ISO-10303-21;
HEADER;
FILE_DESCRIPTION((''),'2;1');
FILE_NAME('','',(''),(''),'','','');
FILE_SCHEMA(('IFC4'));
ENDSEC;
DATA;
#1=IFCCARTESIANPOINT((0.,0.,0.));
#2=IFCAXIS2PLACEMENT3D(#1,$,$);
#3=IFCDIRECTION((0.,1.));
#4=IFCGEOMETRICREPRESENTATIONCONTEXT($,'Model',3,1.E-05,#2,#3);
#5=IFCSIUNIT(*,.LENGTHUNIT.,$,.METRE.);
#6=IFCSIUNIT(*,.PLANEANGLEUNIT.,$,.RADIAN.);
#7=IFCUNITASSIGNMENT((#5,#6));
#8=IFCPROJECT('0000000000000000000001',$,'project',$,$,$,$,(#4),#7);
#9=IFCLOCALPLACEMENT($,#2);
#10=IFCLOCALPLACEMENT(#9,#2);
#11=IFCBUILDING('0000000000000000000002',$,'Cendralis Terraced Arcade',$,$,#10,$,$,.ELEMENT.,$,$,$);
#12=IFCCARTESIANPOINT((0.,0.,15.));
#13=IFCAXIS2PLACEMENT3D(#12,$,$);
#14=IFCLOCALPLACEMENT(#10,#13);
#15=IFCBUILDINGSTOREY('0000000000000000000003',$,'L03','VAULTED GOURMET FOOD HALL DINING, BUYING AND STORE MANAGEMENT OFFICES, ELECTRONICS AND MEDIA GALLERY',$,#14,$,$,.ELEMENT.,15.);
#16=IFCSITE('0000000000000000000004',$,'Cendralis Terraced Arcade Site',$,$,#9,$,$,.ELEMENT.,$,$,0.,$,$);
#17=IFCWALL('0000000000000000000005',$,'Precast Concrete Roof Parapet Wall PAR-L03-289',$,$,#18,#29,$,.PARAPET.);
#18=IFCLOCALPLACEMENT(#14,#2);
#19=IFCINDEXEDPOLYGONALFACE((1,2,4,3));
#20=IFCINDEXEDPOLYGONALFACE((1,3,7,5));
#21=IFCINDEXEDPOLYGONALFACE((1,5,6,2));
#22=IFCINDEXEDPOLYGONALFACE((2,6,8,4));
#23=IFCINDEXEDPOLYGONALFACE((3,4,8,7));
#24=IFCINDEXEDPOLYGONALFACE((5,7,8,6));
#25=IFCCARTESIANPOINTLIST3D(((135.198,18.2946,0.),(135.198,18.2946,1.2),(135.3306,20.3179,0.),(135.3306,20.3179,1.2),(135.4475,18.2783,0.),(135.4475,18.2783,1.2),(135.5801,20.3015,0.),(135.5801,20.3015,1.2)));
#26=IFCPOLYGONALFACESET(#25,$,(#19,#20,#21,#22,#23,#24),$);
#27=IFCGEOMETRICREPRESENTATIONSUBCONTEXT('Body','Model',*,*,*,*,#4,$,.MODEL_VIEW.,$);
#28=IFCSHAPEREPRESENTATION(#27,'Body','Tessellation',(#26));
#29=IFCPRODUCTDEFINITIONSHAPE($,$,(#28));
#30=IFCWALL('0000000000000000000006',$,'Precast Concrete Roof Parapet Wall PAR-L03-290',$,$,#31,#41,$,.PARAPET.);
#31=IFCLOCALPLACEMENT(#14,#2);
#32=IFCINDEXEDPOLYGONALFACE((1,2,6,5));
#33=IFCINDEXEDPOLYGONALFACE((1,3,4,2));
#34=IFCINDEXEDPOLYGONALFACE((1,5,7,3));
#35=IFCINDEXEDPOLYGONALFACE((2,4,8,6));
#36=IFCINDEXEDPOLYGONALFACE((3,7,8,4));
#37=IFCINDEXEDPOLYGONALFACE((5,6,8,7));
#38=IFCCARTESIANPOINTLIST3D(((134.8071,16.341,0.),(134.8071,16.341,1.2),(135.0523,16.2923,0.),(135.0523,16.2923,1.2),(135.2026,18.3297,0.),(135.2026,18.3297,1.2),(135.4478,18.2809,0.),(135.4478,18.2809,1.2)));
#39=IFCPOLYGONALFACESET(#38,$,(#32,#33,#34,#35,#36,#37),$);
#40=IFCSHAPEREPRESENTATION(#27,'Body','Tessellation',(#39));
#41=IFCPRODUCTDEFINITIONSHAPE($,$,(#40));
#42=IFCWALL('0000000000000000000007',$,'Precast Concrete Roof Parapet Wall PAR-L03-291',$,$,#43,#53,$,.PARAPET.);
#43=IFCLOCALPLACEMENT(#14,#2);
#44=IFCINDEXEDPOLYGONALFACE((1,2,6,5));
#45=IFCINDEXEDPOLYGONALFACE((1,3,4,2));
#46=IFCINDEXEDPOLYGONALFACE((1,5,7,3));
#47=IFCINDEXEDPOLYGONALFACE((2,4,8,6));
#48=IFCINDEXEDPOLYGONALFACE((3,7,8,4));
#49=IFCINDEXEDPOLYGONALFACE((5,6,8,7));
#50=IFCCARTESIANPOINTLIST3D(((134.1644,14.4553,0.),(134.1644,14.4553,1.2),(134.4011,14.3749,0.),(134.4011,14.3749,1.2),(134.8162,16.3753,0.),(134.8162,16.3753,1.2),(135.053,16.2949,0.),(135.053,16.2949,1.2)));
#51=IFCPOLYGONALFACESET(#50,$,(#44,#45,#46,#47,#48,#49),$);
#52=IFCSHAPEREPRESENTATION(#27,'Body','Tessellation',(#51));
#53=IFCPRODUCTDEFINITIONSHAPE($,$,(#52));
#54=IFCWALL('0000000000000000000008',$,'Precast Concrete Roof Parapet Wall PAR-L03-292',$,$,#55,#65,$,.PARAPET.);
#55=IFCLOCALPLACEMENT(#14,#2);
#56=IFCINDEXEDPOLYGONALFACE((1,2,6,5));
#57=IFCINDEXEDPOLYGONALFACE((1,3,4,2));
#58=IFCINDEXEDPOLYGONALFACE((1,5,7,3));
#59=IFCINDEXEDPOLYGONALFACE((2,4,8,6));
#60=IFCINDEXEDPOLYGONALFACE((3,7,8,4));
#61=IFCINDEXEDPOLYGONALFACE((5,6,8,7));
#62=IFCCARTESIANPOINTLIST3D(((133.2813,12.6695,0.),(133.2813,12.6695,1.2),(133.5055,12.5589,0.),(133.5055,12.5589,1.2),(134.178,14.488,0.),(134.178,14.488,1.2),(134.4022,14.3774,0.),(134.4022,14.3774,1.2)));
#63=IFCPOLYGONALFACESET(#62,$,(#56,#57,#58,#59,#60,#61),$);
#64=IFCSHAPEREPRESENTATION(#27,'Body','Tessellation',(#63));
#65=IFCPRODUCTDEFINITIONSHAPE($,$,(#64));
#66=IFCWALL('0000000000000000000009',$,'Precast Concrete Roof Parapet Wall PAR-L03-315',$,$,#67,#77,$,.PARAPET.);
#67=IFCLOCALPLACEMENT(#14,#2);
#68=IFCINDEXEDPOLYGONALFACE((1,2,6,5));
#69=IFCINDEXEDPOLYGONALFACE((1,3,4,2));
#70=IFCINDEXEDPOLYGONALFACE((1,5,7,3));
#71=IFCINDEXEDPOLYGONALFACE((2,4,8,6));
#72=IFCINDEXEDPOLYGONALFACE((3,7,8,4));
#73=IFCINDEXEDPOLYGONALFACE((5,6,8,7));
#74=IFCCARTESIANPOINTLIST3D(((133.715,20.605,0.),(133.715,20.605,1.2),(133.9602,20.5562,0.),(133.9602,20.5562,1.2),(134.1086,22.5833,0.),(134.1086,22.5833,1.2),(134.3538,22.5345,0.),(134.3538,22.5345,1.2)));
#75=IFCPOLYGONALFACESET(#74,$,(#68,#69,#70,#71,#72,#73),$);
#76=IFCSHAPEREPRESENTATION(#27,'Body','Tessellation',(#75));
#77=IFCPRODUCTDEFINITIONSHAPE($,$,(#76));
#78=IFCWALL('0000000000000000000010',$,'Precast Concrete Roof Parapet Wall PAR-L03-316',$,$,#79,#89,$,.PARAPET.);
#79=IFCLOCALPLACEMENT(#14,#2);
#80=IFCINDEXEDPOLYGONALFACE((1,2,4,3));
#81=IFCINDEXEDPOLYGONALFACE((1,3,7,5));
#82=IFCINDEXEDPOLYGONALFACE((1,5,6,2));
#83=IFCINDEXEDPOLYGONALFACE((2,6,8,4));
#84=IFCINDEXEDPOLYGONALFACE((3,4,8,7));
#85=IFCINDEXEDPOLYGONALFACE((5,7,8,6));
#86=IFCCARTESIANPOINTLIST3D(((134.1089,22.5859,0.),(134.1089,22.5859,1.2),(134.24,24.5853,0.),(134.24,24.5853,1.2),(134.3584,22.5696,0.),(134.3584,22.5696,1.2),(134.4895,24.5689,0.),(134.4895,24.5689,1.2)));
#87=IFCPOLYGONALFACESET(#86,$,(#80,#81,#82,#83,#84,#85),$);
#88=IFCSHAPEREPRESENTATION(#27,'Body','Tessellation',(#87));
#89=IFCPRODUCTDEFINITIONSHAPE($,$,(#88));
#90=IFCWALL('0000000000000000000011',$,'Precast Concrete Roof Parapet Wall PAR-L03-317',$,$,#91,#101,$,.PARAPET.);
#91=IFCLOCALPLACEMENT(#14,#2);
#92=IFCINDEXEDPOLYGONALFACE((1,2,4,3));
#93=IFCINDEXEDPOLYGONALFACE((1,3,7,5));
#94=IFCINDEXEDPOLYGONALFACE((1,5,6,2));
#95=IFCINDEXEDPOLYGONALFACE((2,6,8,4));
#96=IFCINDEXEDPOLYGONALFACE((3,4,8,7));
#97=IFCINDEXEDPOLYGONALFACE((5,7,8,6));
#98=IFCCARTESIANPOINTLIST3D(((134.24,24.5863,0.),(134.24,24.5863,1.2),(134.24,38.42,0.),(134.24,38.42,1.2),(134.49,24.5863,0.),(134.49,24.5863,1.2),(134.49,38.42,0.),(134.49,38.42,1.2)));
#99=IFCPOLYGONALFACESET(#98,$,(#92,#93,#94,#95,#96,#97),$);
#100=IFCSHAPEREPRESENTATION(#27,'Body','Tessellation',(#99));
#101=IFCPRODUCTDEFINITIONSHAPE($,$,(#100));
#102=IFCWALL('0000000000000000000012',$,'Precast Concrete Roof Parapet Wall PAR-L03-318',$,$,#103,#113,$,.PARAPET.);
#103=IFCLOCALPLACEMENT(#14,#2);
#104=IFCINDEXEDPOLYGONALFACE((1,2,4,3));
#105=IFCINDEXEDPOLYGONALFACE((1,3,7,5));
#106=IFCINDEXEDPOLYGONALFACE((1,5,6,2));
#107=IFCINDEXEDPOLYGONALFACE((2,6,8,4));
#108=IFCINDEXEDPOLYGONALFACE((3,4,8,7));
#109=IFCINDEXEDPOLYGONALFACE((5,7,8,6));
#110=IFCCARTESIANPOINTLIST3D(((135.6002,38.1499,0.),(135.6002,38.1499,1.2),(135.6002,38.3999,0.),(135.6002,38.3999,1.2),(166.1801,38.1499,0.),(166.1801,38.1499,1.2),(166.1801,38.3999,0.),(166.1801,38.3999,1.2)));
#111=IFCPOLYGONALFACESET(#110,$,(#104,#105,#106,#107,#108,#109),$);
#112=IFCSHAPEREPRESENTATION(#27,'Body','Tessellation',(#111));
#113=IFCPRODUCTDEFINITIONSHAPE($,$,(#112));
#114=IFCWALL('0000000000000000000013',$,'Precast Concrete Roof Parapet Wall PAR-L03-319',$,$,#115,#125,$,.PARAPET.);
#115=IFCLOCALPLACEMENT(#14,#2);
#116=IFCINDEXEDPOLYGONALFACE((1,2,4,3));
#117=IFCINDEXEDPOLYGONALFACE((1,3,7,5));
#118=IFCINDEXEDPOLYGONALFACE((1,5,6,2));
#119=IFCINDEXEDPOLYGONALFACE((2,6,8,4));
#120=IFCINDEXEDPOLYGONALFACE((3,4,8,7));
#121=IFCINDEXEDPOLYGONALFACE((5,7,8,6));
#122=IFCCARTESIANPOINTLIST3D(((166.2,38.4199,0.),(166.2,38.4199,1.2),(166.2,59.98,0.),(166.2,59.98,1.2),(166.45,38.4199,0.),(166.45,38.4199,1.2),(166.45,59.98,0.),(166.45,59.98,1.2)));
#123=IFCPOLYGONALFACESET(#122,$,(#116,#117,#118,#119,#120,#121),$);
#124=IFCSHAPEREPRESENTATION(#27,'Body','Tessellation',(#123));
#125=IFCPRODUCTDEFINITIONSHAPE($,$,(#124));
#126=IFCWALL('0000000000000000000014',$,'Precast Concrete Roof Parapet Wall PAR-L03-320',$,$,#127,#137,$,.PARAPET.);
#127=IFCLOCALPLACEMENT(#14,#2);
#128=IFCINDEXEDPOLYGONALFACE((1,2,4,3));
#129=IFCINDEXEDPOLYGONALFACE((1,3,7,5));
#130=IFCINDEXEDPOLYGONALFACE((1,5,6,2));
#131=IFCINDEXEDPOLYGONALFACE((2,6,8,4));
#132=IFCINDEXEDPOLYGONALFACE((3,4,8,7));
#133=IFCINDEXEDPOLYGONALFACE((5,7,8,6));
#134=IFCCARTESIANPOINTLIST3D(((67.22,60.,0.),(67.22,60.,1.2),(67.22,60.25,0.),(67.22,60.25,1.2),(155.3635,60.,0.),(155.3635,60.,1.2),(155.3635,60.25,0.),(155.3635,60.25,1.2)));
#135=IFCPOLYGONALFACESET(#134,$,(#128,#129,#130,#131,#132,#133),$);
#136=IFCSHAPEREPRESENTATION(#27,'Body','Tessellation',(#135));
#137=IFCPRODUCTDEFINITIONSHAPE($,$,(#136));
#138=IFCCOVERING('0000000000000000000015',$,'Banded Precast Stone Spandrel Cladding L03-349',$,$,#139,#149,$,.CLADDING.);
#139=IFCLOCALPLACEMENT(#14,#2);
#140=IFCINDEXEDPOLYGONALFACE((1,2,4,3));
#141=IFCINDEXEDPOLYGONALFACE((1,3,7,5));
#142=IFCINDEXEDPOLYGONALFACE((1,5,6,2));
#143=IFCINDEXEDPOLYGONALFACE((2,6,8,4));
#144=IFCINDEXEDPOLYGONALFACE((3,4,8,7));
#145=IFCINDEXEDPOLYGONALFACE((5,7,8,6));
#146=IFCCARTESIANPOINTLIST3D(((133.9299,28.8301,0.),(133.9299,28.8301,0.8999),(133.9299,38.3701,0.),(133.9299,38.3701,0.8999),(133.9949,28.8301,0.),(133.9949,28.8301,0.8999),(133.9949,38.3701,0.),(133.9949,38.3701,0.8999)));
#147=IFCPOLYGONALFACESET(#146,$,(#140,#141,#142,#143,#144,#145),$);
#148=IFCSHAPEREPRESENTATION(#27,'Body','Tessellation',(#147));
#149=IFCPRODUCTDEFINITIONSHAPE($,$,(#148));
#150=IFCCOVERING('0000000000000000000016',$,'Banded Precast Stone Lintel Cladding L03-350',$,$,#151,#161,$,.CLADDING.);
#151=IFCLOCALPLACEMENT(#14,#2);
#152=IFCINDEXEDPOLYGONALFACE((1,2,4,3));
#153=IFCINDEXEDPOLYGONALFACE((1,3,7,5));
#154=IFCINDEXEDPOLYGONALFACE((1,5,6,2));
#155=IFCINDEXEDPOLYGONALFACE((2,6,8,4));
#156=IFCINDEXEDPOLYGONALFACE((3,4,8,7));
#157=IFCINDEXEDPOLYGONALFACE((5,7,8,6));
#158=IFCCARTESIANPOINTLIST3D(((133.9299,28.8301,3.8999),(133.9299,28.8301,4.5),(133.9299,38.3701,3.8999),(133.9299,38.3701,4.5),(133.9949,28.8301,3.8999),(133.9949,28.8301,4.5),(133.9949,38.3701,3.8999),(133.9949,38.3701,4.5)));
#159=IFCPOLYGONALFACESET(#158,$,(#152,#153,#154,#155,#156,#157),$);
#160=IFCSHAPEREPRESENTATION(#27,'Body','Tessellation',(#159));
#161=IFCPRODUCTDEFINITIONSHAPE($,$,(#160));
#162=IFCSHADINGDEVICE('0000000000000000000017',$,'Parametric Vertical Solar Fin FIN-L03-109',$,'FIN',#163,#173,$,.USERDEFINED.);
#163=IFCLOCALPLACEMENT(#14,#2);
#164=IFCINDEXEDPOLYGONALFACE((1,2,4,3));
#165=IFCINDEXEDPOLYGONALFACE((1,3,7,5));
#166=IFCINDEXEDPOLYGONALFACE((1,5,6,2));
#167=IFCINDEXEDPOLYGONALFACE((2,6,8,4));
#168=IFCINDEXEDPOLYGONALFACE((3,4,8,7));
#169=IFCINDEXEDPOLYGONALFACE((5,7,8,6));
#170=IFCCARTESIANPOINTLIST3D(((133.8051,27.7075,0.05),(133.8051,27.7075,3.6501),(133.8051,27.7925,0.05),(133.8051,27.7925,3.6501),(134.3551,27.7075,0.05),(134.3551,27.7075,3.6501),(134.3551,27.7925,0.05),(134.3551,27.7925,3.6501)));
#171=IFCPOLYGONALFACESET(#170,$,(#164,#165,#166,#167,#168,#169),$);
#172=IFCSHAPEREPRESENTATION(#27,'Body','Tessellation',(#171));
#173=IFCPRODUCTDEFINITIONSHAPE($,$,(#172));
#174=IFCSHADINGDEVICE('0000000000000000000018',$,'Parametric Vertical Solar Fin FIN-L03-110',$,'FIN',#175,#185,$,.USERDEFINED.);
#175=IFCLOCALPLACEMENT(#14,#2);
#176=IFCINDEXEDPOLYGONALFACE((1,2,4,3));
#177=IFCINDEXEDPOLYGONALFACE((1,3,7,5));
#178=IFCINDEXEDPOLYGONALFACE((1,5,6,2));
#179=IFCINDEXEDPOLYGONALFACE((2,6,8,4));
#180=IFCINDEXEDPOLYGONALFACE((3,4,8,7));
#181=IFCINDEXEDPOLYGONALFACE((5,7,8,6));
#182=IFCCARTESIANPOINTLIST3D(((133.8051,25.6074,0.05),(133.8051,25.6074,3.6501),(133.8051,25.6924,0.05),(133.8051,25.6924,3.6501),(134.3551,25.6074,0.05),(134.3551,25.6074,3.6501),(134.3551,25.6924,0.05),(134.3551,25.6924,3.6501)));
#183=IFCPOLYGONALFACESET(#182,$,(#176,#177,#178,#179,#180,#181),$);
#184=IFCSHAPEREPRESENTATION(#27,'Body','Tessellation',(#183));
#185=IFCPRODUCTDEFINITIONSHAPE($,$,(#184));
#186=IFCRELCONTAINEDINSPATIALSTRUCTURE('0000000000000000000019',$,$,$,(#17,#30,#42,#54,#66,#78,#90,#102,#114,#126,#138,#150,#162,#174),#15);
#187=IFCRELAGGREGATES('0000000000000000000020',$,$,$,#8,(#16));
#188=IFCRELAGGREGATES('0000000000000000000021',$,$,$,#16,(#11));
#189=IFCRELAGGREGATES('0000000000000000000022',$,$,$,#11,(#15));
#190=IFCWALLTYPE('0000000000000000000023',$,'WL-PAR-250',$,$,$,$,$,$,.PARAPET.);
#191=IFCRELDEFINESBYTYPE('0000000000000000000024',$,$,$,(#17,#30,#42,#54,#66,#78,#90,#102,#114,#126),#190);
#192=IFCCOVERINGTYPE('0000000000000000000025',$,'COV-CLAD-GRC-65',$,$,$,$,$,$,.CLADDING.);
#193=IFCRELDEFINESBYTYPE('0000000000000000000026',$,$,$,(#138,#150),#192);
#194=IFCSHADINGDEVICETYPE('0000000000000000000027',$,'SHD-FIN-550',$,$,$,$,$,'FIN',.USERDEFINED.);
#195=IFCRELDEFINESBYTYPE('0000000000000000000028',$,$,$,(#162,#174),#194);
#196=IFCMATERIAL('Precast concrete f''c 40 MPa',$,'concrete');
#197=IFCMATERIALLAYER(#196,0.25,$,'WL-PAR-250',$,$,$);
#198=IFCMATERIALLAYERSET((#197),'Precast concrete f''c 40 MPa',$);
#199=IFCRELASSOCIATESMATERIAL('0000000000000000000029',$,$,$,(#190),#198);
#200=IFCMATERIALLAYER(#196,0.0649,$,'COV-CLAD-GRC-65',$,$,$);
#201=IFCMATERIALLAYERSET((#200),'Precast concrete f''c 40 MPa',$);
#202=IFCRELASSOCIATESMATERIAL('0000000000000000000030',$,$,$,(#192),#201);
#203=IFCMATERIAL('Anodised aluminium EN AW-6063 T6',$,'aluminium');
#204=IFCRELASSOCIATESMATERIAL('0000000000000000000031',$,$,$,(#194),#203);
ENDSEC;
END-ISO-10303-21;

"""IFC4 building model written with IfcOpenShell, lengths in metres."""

from ifc_helpers import new_model, si_unit, direction, frame, frame_2d, origin, origin_2d, place, context, subcontext, project, spatial, rectangle, extrude, material, layer, layer_set, type_object, element, save


model = new_model("IFC4")

# Units and contexts
model_context = context("Model", 3, precision=1e-05, world=origin(), true_north=direction((0.0, 1.0)))
body_context = subcontext(model_context, "Body", "Model", "MODEL_VIEW")
ifc_project = project(units=[si_unit("LENGTHUNIT", "METRE"), si_unit("PLANEANGLEUNIT", "RADIAN")], contexts=[model_context])

# Site, building, storey
site_placement = place(None, origin())
site = spatial("IfcSite", under=ifc_project, at=site_placement, Name="Cendralis Terraced Arcade Site", CompositionType="ELEMENT", RefElevation=0.0)
building_placement = place(site_placement, origin())
building = spatial("IfcBuilding", under=site, at=building_placement, Name="Cendralis Terraced Arcade", CompositionType="ELEMENT")
storey_placement = place(building_placement, frame((0.0, 0.0, 15.0)))
storey = spatial("IfcBuildingStorey", under=building, at=storey_placement, Name="L03", Description="VAULTED GOURMET FOOD HALL DINING, BUYING AND STORE MANAGEMENT OFFICES, ELECTRONICS AND MEDIA GALLERY", CompositionType="ELEMENT", Elevation=15.0)

# Shared definitions
ifc_material_1 = material(Name="Anodised aluminium EN AW-6063 T6", Category="aluminium")

# Walls
ifc_material_2 = material(Name="Precast concrete f'c 40 MPa", Category="concrete")
ifc_layer_1 = layer(ifc_material_2, 0.25, Name="WL-PAR-250")
ifc_layer_set_1 = layer_set([ifc_layer_1], Name="Precast concrete f'c 40 MPa")
wall_type = type_object("IfcWallType", Name="WL-PAR-250", PredefinedType="PARAPET", material=ifc_layer_set_1)
for number, where, z_axis, x_axis, name in (
    (1, (135.4553, 20.3096, 0.0), (0.0, 0.0, 1.0), (-0.065384, -0.99786, 0.0), "Precast Concrete Roof Parapet Wall PAR-L03-289"),
    (2, (135.3252, 18.3052, 0.0), (0.0, 0.0, 1.0), (-0.195074, -0.980789, 0.0), "Precast Concrete Roof Parapet Wall PAR-L03-290"),
    (3, (134.9346, 16.335, 0.0), (0.0, 0.0, 1.0), (-0.321497, -0.946911, 0.0), "Precast Concrete Roof Parapet Wall PAR-L03-291"),
    (4, (134.29, 14.4326, 0.0), (0.0, 0.0, 1.0), (-0.442246, -0.896894, 0.0), "Precast Concrete Roof Parapet Wall PAR-L03-292"),
):
    element("IfcWall", number, at=place(storey_placement, frame(where, z_axis=z_axis, x_axis=x_axis)), inside=storey, type_object=wall_type, Name=name, PredefinedType="PARAPET", context=body_context, shape_type="SweptSolid", body=[
        extrude(rectangle(XDim=2.0276, YDim=0.25, at=frame_2d((1.0137, 0.0))), origin(), (0.0, 0.0, 1.0), 1.2),
    ])
wall_1_placement = place(storey_placement, frame((133.8376, 20.5806, 0.0), z_axis=(0.0, 0.0, 1.0), x_axis=(0.195115, 0.98078, 0.0)))
element("IfcWall", 5, at=wall_1_placement, inside=storey, type_object=wall_type, Name="Precast Concrete Roof Parapet Wall PAR-L03-315", PredefinedType="PARAPET", context=body_context, shape_type="SweptSolid", body=[
    extrude(rectangle(XDim=2.0171, YDim=0.25, at=frame_2d((1.0085, 0.0))), origin(), (0.0, 0.0, 1.0), 1.2),
])
wall_2_placement = place(storey_placement, frame((134.2336, 22.5776, 0.0), z_axis=(0.0, 0.0, 1.0), x_axis=(0.065435, 0.997857, 0.0)))
element("IfcWall", 6, at=wall_2_placement, inside=storey, type_object=wall_type, Name="Precast Concrete Roof Parapet Wall PAR-L03-316", PredefinedType="PARAPET", context=body_context, shape_type="SweptSolid", body=[
    extrude(rectangle(XDim=2.0037, YDim=0.25, at=frame_2d((1.002, 0.0))), origin(), (0.0, 0.0, 1.0), 1.2),
])
wall_3_placement = place(storey_placement, frame((134.365, 24.5862, 0.0), z_axis=(0.0, 0.0, 1.0), x_axis=(0.0, 1.0, 0.0)))
element("IfcWall", 7, at=wall_3_placement, inside=storey, type_object=wall_type, Name="Precast Concrete Roof Parapet Wall PAR-L03-317", PredefinedType="PARAPET", context=body_context, shape_type="SweptSolid", body=[
    extrude(rectangle(XDim=13.8337, YDim=0.25, at=frame_2d((6.917, 0.0))), origin(), (0.0, 0.0, 1.0), 1.2),
])
wall_4_placement = place(storey_placement, frame((135.6001, 38.2749, 0.0), z_axis=(0.0, 0.0, 1.0), x_axis=(1.0, 0.0, 0.0)))
element("IfcWall", 8, at=wall_4_placement, inside=storey, type_object=wall_type, Name="Precast Concrete Roof Parapet Wall PAR-L03-318", PredefinedType="PARAPET", context=body_context, shape_type="SweptSolid", body=[
    extrude(rectangle(XDim=30.5798, YDim=0.25, at=frame_2d((15.29, 0.0))), origin(), (0.0, 0.0, 1.0), 1.2),
])
wall_5_placement = place(storey_placement, frame((166.325, 38.4199, 0.0), z_axis=(0.0, 0.0, 1.0), x_axis=(0.0, 1.0, 0.0)))
element("IfcWall", 9, at=wall_5_placement, inside=storey, type_object=wall_type, Name="Precast Concrete Roof Parapet Wall PAR-L03-319", PredefinedType="PARAPET", context=body_context, shape_type="SweptSolid", body=[
    extrude(rectangle(XDim=21.5601, YDim=0.25, at=frame_2d((10.78, 0.0))), origin(), (0.0, 0.0, 1.0), 1.2),
])
wall_6_placement = place(storey_placement, frame((155.3635, 60.125, 0.0), z_axis=(0.0, 0.0, 1.0), x_axis=(-1.0, 0.0, 0.0)))
element("IfcWall", 10, at=wall_6_placement, inside=storey, type_object=wall_type, Name="Precast Concrete Roof Parapet Wall PAR-L03-320", PredefinedType="PARAPET", context=body_context, shape_type="SweptSolid", body=[
    extrude(rectangle(XDim=88.1436, YDim=0.25, at=frame_2d((44.0718, 0.0))), origin(), (0.0, 0.0, 1.0), 1.2),
])

# Coverings
ifc_layer_2 = layer(ifc_material_2, 0.0649, Name="COV-CLAD-GRC-65")
ifc_layer_set_2 = layer_set([ifc_layer_2], Name="Precast concrete f'c 40 MPa")
covering_type = type_object("IfcCoveringType", Name="COV-CLAD-GRC-65", PredefinedType="CLADDING", material=ifc_layer_set_2)
covering_1_placement = place(storey_placement, frame((133.9624, 33.6001, 0.0), z_axis=(0.0, 0.0, 1.0), x_axis=(0.0, -1.0, 0.0)))
element("IfcCovering", 11, at=covering_1_placement, inside=storey, type_object=covering_type, Name="Banded Precast Stone Spandrel Cladding L03-349", PredefinedType="CLADDING", context=body_context, shape_type="SweptSolid", body=[
    extrude(rectangle(XDim=9.54, YDim=0.0649, at=origin_2d()), origin(), (0.0, 0.0, 1.0), 0.8999),
])
covering_2_placement = place(storey_placement, frame((133.9624, 33.6001, 3.8999), z_axis=(0.0, 0.0, 1.0), x_axis=(0.0, -1.0, 0.0)))
element("IfcCovering", 12, at=covering_2_placement, inside=storey, type_object=covering_type, Name="Banded Precast Stone Lintel Cladding L03-350", PredefinedType="CLADDING", context=body_context, shape_type="SweptSolid", body=[
    extrude(rectangle(XDim=9.54, YDim=0.0649, at=origin_2d()), origin(), (0.0, 0.0, 1.0), 0.6001),
])

# Shading devices
shading_device_type = type_object("IfcShadingDeviceType", Name="SHD-FIN-550", ElementType="FIN", PredefinedType="USERDEFINED", material=ifc_material_1)
for number, where, z_axis, x_axis, name in (
    (13, (134.0801, 27.75, 0.05), (0.0, 0.0, 1.0), (0.0, -1.0, 0.0), "Parametric Vertical Solar Fin FIN-L03-109"),
    (14, (134.0801, 25.6499, 0.05), (0.0, 0.0, 1.0), (0.0, -1.0, 0.0), "Parametric Vertical Solar Fin FIN-L03-110"),
):
    element("IfcShadingDevice", number, at=place(storey_placement, frame(where, z_axis=z_axis, x_axis=x_axis)), inside=storey, type_object=shading_device_type, Name=name, ObjectType="FIN", PredefinedType="USERDEFINED", context=body_context, shape_type="SweptSolid", body=[
        extrude(rectangle(XDim=0.085, YDim=0.55, at=origin_2d()), origin(), (0.0, 0.0, 1.0), 3.6001),
    ])

save(model, "model.ifc")
